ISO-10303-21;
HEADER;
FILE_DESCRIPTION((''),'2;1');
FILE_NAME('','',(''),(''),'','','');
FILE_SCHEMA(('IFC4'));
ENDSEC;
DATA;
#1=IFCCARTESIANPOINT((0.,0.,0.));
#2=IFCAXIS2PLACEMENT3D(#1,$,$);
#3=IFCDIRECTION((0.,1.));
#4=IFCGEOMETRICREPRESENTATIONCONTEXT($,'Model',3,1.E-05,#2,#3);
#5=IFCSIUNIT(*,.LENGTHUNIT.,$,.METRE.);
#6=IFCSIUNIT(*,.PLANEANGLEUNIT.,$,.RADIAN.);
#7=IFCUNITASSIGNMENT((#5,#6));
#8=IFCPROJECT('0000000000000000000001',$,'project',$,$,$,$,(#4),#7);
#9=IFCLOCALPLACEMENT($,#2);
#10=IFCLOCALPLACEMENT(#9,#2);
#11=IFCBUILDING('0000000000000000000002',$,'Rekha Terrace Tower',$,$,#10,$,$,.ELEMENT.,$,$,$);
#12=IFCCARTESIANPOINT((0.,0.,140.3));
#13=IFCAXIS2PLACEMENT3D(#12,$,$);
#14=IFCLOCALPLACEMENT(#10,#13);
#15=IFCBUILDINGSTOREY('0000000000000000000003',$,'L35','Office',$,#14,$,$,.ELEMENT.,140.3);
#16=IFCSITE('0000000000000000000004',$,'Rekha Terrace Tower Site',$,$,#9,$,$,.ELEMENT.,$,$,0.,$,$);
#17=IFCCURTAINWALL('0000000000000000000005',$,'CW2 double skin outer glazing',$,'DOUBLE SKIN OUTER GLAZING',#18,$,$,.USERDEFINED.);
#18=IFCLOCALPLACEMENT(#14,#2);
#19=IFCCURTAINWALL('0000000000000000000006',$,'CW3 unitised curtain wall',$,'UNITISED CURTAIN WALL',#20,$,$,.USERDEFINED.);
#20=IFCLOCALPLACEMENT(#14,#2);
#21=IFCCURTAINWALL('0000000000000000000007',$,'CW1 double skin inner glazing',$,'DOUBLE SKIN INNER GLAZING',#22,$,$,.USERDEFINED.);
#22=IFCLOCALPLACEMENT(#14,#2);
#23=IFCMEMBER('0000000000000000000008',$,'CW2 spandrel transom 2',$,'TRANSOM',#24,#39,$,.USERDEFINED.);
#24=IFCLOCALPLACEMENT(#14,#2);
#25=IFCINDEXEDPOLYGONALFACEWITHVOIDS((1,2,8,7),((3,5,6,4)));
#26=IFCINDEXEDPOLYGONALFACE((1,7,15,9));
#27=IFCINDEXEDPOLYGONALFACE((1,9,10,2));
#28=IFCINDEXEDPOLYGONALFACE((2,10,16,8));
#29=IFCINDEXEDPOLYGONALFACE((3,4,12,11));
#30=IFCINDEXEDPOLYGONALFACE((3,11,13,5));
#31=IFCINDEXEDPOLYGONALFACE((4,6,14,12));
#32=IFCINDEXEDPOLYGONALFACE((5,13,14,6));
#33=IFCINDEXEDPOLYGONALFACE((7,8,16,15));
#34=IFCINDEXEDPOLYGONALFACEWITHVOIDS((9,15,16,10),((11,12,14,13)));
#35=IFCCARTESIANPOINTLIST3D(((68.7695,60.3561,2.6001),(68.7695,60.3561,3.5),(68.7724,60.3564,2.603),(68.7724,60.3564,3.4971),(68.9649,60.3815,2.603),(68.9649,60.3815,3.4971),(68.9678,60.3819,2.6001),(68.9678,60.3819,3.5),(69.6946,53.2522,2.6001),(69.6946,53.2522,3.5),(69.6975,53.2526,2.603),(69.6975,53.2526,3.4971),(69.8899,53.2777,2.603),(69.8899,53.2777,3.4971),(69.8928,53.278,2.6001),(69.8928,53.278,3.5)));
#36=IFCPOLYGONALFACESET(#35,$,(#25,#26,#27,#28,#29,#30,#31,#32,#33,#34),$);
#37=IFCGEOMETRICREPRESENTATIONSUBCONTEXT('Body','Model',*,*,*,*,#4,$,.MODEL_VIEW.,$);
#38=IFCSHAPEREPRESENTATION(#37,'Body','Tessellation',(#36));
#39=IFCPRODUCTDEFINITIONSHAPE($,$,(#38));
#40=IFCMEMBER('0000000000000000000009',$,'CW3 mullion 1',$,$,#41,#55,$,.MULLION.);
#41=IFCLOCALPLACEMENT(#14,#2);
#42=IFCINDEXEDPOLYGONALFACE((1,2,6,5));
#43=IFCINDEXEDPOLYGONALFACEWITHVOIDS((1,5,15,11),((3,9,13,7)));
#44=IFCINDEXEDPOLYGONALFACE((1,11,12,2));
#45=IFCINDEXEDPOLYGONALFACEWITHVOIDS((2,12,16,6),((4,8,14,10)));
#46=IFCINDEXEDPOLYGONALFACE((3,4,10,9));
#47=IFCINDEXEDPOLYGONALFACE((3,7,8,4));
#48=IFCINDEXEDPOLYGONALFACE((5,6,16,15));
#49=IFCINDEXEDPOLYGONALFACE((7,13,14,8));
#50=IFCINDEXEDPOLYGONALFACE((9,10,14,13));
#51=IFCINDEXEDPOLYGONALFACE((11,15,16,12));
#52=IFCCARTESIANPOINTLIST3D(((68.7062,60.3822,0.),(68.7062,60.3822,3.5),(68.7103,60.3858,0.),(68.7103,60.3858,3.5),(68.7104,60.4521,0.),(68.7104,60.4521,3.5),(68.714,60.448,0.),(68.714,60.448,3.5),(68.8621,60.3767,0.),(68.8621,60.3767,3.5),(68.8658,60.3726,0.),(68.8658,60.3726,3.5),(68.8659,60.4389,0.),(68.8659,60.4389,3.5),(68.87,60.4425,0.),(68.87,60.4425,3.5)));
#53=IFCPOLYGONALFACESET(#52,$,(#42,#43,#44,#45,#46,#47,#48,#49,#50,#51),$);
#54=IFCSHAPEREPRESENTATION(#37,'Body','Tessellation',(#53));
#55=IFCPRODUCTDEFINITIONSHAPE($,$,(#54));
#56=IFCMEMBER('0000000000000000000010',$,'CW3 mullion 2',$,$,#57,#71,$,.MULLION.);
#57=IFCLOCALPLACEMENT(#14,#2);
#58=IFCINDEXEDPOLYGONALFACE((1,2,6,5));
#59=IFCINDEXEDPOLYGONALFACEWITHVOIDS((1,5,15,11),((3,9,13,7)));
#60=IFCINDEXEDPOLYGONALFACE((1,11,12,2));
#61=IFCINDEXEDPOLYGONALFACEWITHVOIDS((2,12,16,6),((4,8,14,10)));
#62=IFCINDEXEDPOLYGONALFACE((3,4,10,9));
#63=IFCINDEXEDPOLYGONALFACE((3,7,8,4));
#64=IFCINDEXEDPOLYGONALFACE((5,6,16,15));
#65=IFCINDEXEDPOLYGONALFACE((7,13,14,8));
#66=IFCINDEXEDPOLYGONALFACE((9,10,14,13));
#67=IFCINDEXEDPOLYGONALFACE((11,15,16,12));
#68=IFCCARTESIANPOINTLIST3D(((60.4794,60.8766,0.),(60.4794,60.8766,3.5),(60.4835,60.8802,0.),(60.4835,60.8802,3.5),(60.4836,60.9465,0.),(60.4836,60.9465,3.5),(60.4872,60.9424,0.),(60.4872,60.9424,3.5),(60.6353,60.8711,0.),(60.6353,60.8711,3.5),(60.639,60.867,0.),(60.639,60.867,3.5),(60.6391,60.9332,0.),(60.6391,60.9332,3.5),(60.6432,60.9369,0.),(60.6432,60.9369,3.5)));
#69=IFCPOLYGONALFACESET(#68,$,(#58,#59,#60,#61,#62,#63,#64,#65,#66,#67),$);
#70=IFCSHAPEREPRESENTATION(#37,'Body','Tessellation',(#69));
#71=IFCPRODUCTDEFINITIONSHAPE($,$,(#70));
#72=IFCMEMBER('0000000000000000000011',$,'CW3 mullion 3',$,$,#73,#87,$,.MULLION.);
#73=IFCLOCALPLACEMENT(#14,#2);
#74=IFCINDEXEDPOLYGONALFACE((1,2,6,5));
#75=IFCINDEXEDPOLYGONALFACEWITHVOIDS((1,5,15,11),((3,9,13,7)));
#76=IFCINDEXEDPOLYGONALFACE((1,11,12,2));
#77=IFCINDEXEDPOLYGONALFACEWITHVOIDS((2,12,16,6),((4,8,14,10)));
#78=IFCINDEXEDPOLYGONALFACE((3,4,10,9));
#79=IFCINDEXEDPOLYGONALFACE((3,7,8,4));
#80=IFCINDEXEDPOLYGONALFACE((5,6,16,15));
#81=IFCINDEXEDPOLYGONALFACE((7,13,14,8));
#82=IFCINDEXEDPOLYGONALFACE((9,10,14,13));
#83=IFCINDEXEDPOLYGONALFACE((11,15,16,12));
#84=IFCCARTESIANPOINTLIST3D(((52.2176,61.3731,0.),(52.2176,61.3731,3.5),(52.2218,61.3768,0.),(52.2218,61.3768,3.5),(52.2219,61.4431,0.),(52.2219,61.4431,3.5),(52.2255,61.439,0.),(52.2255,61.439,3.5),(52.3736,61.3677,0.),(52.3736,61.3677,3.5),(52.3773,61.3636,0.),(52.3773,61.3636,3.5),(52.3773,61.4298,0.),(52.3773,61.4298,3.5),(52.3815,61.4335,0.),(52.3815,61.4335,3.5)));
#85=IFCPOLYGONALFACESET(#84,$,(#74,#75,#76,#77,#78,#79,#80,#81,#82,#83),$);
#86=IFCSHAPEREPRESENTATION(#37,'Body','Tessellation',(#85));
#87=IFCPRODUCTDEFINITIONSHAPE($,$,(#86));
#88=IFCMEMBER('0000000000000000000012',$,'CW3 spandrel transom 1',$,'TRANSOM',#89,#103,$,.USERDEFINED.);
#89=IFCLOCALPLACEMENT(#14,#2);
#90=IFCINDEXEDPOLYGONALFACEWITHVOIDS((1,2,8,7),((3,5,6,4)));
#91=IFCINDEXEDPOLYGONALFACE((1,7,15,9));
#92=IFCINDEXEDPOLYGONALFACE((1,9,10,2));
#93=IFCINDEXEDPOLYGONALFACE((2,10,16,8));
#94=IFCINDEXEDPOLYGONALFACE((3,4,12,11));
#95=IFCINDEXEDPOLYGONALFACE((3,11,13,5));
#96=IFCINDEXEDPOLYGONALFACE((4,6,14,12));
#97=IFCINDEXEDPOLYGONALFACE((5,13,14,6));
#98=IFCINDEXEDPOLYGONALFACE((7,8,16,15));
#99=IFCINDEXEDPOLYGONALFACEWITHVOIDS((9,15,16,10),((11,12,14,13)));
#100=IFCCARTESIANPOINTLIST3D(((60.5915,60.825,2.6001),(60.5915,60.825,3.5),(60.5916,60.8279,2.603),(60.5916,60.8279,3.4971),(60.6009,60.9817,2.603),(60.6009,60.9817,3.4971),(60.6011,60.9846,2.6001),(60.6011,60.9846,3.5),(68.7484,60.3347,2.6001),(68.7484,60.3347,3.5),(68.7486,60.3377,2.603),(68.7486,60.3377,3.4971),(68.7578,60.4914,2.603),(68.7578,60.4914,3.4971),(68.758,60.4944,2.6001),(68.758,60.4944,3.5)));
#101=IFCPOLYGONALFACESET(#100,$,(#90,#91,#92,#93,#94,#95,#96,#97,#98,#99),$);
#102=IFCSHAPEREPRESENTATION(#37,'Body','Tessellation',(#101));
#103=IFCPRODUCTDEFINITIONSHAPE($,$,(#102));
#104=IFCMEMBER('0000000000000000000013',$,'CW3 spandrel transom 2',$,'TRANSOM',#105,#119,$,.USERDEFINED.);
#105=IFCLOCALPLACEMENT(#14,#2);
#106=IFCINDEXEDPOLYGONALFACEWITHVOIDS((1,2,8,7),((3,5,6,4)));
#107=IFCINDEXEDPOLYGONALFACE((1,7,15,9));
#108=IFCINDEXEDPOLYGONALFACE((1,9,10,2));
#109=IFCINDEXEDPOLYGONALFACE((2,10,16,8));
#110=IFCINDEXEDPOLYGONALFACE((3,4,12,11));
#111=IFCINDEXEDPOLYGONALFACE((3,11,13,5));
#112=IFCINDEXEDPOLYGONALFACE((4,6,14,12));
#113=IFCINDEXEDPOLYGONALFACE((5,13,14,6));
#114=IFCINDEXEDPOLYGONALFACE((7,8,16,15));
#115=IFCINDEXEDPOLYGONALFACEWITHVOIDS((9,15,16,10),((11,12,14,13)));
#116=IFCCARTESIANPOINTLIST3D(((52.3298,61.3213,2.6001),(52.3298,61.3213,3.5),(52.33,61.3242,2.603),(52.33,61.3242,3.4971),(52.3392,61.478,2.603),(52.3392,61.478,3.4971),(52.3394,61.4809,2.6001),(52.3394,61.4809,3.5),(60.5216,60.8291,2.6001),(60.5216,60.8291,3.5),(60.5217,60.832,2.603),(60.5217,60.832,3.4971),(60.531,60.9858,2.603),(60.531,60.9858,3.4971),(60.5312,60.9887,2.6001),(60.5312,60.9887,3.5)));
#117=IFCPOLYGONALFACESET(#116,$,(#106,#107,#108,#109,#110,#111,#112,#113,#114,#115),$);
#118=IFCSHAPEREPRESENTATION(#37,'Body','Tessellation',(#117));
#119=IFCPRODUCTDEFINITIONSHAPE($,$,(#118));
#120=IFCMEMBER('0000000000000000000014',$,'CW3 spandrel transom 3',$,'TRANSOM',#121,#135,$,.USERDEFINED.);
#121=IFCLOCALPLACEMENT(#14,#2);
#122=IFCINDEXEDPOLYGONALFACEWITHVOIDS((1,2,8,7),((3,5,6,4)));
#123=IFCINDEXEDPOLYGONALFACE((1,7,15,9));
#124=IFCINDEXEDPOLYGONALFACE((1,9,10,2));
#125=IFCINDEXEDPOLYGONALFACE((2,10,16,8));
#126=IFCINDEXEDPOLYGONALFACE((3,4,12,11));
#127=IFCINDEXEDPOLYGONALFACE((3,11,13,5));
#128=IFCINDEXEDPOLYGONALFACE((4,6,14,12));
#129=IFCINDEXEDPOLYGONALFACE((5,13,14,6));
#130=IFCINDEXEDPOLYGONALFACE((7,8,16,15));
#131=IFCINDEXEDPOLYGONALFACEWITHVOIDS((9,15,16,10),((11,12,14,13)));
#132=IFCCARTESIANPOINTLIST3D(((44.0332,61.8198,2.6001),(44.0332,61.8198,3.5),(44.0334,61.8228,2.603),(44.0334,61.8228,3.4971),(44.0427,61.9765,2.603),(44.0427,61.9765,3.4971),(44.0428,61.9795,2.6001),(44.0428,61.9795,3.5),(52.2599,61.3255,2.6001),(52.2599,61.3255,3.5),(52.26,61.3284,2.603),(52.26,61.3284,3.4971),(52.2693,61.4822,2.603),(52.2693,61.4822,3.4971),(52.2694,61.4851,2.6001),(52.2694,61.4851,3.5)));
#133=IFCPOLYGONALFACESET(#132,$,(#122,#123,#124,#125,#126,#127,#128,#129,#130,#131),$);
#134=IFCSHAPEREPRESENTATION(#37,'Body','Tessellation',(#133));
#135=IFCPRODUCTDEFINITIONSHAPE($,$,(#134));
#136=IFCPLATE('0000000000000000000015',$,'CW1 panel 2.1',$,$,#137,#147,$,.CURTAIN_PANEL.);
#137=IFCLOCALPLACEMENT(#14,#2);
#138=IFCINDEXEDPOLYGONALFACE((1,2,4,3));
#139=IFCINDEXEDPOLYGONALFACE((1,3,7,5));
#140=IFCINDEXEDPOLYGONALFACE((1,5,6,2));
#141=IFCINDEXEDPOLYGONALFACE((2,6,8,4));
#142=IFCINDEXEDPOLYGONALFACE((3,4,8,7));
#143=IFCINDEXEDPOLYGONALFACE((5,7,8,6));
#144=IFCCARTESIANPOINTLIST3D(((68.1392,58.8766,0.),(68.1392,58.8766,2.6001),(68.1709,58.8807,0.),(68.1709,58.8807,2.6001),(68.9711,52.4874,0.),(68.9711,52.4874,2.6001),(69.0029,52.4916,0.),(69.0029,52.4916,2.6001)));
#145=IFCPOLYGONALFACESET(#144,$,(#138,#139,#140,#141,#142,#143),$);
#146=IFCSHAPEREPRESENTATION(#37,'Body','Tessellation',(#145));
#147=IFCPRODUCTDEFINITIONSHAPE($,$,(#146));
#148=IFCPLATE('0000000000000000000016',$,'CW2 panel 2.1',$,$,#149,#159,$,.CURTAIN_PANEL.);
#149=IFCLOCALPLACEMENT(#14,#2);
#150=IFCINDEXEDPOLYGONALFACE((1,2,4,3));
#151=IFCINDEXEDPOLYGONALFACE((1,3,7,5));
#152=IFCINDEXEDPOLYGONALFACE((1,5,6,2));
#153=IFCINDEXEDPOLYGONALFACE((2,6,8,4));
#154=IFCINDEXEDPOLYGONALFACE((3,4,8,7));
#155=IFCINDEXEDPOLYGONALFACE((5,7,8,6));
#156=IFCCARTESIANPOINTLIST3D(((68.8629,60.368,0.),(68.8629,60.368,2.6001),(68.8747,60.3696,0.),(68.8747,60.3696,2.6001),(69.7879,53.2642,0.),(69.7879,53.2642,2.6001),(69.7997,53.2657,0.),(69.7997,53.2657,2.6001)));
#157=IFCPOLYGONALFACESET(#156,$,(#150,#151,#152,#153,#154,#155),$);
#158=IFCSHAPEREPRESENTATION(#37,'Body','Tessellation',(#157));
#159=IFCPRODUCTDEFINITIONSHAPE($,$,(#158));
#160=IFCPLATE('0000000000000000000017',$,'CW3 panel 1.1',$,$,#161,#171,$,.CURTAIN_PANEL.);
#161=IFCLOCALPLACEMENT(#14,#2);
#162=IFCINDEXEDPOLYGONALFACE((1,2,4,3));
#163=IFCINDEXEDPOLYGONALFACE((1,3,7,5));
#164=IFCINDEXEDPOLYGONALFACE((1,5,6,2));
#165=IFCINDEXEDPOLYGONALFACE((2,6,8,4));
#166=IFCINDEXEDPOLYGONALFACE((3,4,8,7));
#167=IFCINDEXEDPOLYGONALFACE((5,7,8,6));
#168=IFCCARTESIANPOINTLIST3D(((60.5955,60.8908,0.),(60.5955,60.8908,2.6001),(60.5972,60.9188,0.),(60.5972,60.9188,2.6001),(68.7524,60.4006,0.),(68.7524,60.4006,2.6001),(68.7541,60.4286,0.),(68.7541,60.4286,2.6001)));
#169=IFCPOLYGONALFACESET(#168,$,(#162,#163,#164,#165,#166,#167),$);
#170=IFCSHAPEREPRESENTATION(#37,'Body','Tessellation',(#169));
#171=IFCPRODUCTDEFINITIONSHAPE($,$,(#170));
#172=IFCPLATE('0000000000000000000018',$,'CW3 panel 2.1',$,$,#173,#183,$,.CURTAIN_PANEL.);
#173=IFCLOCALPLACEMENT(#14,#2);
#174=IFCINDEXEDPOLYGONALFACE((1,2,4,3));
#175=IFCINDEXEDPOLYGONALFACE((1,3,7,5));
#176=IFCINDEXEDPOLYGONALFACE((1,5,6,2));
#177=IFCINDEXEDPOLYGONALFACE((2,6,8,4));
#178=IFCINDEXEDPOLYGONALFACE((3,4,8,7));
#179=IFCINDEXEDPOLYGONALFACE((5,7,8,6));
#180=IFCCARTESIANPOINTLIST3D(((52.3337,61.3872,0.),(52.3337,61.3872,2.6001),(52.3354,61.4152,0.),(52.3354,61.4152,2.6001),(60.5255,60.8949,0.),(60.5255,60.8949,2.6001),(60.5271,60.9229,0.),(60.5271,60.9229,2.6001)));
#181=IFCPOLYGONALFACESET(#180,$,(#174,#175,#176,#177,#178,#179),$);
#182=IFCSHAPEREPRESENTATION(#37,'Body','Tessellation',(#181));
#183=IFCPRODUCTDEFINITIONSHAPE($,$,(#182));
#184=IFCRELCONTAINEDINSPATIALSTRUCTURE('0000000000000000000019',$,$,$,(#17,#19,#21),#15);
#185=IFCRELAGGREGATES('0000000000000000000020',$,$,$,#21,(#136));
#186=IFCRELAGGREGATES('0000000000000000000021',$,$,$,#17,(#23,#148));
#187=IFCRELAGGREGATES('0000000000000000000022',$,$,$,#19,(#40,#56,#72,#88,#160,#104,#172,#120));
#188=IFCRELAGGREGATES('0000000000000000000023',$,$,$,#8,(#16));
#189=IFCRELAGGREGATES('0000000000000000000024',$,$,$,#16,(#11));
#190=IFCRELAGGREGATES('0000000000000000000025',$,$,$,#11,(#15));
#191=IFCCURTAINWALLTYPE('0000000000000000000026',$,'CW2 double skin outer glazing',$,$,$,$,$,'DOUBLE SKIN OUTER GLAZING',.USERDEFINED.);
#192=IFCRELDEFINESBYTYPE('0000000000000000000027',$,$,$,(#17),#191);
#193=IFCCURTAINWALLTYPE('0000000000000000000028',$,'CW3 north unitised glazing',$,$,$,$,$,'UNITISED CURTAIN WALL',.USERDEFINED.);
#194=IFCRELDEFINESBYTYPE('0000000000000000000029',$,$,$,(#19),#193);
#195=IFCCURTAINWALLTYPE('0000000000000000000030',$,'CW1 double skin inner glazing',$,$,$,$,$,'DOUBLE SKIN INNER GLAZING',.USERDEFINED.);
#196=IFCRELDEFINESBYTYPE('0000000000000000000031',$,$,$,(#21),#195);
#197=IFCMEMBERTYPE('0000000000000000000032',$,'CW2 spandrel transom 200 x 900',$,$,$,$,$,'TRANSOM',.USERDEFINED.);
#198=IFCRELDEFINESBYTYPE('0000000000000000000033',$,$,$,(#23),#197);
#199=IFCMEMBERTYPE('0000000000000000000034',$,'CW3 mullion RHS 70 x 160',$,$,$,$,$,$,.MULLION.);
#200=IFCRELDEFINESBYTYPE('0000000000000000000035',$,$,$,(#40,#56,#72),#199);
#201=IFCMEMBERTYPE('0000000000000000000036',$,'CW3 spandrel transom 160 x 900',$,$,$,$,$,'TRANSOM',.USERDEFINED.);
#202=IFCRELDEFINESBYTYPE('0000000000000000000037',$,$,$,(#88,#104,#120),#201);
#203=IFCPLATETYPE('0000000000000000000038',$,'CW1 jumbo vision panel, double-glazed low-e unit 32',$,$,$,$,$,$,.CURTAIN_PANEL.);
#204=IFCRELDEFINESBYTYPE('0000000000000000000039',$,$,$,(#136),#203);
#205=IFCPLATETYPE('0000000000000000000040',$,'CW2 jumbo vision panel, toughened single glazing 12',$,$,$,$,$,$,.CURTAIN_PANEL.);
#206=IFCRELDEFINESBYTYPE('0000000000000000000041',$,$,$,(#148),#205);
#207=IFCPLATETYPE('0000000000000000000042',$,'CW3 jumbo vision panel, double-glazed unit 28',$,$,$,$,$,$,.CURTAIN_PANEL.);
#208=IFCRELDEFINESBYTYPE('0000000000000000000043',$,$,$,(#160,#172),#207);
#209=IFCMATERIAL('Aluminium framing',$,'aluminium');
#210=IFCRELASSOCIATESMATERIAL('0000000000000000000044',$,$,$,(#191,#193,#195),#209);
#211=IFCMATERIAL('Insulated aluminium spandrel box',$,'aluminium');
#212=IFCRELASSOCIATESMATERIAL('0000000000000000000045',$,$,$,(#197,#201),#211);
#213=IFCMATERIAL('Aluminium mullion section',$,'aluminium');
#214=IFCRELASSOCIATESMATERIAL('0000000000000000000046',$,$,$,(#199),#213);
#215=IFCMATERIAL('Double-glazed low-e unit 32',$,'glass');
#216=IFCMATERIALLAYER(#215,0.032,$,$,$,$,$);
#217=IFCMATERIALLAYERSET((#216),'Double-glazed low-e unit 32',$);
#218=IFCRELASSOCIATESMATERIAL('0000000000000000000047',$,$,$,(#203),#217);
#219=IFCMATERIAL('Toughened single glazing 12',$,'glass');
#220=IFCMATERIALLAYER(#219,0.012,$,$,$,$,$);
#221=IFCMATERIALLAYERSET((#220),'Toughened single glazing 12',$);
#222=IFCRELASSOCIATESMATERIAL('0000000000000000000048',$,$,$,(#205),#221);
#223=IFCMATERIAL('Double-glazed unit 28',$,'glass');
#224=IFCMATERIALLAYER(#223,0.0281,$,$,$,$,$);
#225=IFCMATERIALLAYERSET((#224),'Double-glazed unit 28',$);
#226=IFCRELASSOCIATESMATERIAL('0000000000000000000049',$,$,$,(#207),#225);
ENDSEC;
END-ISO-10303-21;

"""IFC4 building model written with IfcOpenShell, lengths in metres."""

from ifc_helpers import new_model, si_unit, direction, frame, origin, origin_2d, place, context, subcontext, project, spatial, rectangle, hollow_rectangle, extrude, material, layer, layer_set, material_profile, profile_set, type_object, element, aggregate, save


model = new_model("IFC4")

# Units and contexts
model_context = context("Model", 3, precision=1e-05, world=origin(), true_north=direction((0.0, 1.0)))
body_context = subcontext(model_context, "Body", "Model", "MODEL_VIEW")
ifc_project = project(units=[si_unit("LENGTHUNIT", "METRE"), si_unit("PLANEANGLEUNIT", "RADIAN")], contexts=[model_context])

# Site, building, storey
site_placement = place(None, origin())
site = spatial("IfcSite", under=ifc_project, at=site_placement, Name="Rekha Terrace Tower Site", CompositionType="ELEMENT", RefElevation=0.0)
building_placement = place(site_placement, origin())
building = spatial("IfcBuilding", under=site, at=building_placement, Name="Rekha Terrace Tower", CompositionType="ELEMENT")
storey_placement = place(building_placement, frame((0.0, 0.0, 140.3)))
storey = spatial("IfcBuildingStorey", under=building, at=storey_placement, Name="L35", Description="Office", CompositionType="ELEMENT", Elevation=140.3)

# Curtain wall
ifc_material_1 = material(Name="Aluminium framing", Category="aluminium")
curtain_wall_type_1 = type_object("IfcCurtainWallType", Name="CW2 double skin outer glazing", ElementType="DOUBLE SKIN OUTER GLAZING", PredefinedType="USERDEFINED", material=ifc_material_1)
curtain_wall_1_placement = place(storey_placement, origin())
curtain_wall_1 = element("IfcCurtainWall", 1, at=curtain_wall_1_placement, inside=storey, type_object=curtain_wall_type_1, Name="CW2 double skin outer glazing", ObjectType="DOUBLE SKIN OUTER GLAZING", PredefinedType="USERDEFINED")

# Curtain walls
curtain_wall_type_2 = type_object("IfcCurtainWallType", Name="CW3 north unitised glazing", ElementType="UNITISED CURTAIN WALL", PredefinedType="USERDEFINED", material=ifc_material_1)
curtain_wall_2_placement = place(storey_placement, origin())
curtain_wall_2 = element("IfcCurtainWall", 2, at=curtain_wall_2_placement, inside=storey, type_object=curtain_wall_type_2, Name="CW3 unitised curtain wall", ObjectType="UNITISED CURTAIN WALL", PredefinedType="USERDEFINED")
curtain_wall_type_3 = type_object("IfcCurtainWallType", Name="CW1 double skin inner glazing", ElementType="DOUBLE SKIN INNER GLAZING", PredefinedType="USERDEFINED", material=ifc_material_1)
curtain_wall_3_placement = place(storey_placement, origin())
curtain_wall_3 = element("IfcCurtainWall", 3, at=curtain_wall_3_placement, inside=storey, type_object=curtain_wall_type_3, Name="CW1 double skin inner glazing", ObjectType="DOUBLE SKIN INNER GLAZING", PredefinedType="USERDEFINED")
ifc_material_2 = material(Name="Aluminium mullion section", Category="aluminium")
ifc_material_3 = material(Name="Insulated aluminium spandrel box", Category="aluminium")

# Members
ifc_material_profile_1 = material_profile(ifc_material_3, hollow_rectangle(XDim=0.2, YDim=0.8999, WallThickness=0.0029, at=origin_2d()), Name="AL SPANDREL BOX 200x900")
ifc_profile_set_1 = profile_set([ifc_material_profile_1], Name="Insulated aluminium spandrel box")
member_type_1 = type_object("IfcMemberType", Name="CW2 spandrel transom 200 x 900", ElementType="TRANSOM", PredefinedType="USERDEFINED", material=ifc_profile_set_1)
member_1_placement = place(storey_placement, frame((69.7937, 53.2651, 3.05), z_axis=(-0.129129, 0.991628, 0.0), x_axis=(-0.991628, -0.129129, 0.0)))
member_1 = element("IfcMember", 4, at=member_1_placement, type_object=member_type_1, Name="CW2 spandrel transom 2", ObjectType="TRANSOM", PredefinedType="USERDEFINED", context=body_context, shape_type="SweptSolid", body=[
    extrude(hollow_rectangle(XDim=0.2, YDim=0.8999, WallThickness=0.0029, at=origin_2d()), origin(), (0.0, 0.0, 1.0), 7.1638),
])
ifc_material_profile_2 = material_profile(ifc_material_2, hollow_rectangle(XDim=0.0701, YDim=0.1599, WallThickness=0.0039, at=origin_2d()), Name="AL RHS 70x160")
ifc_profile_set_2 = profile_set([ifc_material_profile_2], Name="Aluminium mullion section")
member_type_2 = type_object("IfcMemberType", Name="CW3 mullion RHS 70 x 160", PredefinedType="MULLION", material=ifc_profile_set_2)
member_2_placement = place(storey_placement, frame((68.7881, 60.4124, 0.0), z_axis=(0.0, 0.0, 1.0), x_axis=(-0.059988, -0.998199, 0.0)))
member_2 = element("IfcMember", 5, at=member_2_placement, type_object=member_type_2, Name="CW3 mullion 1", PredefinedType="MULLION", context=body_context, shape_type="SweptSolid", body=[
    extrude(hollow_rectangle(XDim=0.0701, YDim=0.1599, WallThickness=0.0039, at=origin_2d()), origin(), (0.0, 0.0, 1.0), 3.5),
])
member_3_placement = place(storey_placement, frame((60.5613, 60.9067, 0.0), z_axis=(0.0, 0.0, 1.0), x_axis=(-0.059988, -0.998199, 0.0)))
member_3 = element("IfcMember", 6, at=member_3_placement, type_object=member_type_2, Name="CW3 mullion 2", PredefinedType="MULLION", context=body_context, shape_type="SweptSolid", body=[
    extrude(hollow_rectangle(XDim=0.0701, YDim=0.1599, WallThickness=0.0039, at=origin_2d()), origin(), (0.0, 0.0, 1.0), 3.5),
])
member_4_placement = place(storey_placement, frame((52.2996, 61.4033, 0.0), z_axis=(0.0, 0.0, 1.0), x_axis=(-0.059988, -0.998199, 0.0)))
member_4 = element("IfcMember", 7, at=member_4_placement, type_object=member_type_2, Name="CW3 mullion 3", PredefinedType="MULLION", context=body_context, shape_type="SweptSolid", body=[
    extrude(hollow_rectangle(XDim=0.0701, YDim=0.1599, WallThickness=0.0039, at=origin_2d()), origin(), (0.0, 0.0, 1.0), 3.5),
])
ifc_material_profile_3 = material_profile(ifc_material_3, hollow_rectangle(XDim=0.1599, YDim=0.8999, WallThickness=0.0029, at=origin_2d()), Name="AL SPANDREL BOX 160x900")
ifc_profile_set_3 = profile_set([ifc_material_profile_3], Name="Insulated aluminium spandrel box")
member_type_3 = type_object("IfcMemberType", Name="CW3 spandrel transom 160 x 900", ElementType="TRANSOM", PredefinedType="USERDEFINED", material=ifc_profile_set_3)
member_5_placement = place(storey_placement, frame((68.7532, 60.4146, 3.05), z_axis=(-0.998199, 0.059992, 0.0), x_axis=(-0.059992, -0.998199, 0.0)))
member_5 = element("IfcMember", 8, at=member_5_placement, type_object=member_type_3, Name="CW3 spandrel transom 1", ObjectType="TRANSOM", PredefinedType="USERDEFINED", context=body_context, shape_type="SweptSolid", body=[
    extrude(hollow_rectangle(XDim=0.1599, YDim=0.8999, WallThickness=0.0029, at=origin_2d()), origin(), (0.0, 0.0, 1.0), 8.1716),
])
member_6_placement = place(storey_placement, frame((60.5264, 60.9089, 3.05), z_axis=(-0.9982, 0.059976, 0.0), x_axis=(-0.059976, -0.9982, 0.0)))
member_6 = element("IfcMember", 9, at=member_6_placement, type_object=member_type_3, Name="CW3 spandrel transom 2", ObjectType="TRANSOM", PredefinedType="USERDEFINED", context=body_context, shape_type="SweptSolid", body=[
    extrude(hollow_rectangle(XDim=0.1599, YDim=0.8999, WallThickness=0.0029, at=origin_2d()), origin(), (0.0, 0.0, 1.0), 8.2065),
])
member_7_placement = place(storey_placement, frame((52.2646, 61.4053, 3.05), z_axis=(-0.998199, 0.059988, 0.0), x_axis=(-0.059988, -0.998199, 0.0)))
member_7 = element("IfcMember", 10, at=member_7_placement, type_object=member_type_3, Name="CW3 spandrel transom 3", ObjectType="TRANSOM", PredefinedType="USERDEFINED", context=body_context, shape_type="SweptSolid", body=[
    extrude(hollow_rectangle(XDim=0.1599, YDim=0.8999, WallThickness=0.0029, at=origin_2d()), origin(), (0.0, 0.0, 1.0), 8.2415),
])

# Plates
ifc_material_4 = material(Name="Double-glazed low-e unit 32", Category="glass")
ifc_layer_1 = layer(ifc_material_4, 0.032)
ifc_layer_set_1 = layer_set([ifc_layer_1], Name="Double-glazed low-e unit 32")
plate_type_1 = type_object("IfcPlateType", Name="CW1 jumbo vision panel, double-glazed low-e unit 32", PredefinedType="CURTAIN_PANEL", material=ifc_layer_set_1)
plate_1_placement = place(storey_placement, frame((68.571, 55.6841, 0.0), z_axis=(0.0, 0.0, 1.0), x_axis=(-0.129118, 0.991629, 0.0)))
plate_1 = element("IfcPlate", 11, at=plate_1_placement, type_object=plate_type_1, Name="CW1 panel 2.1", PredefinedType="CURTAIN_PANEL", context=body_context, shape_type="SweptSolid", body=[
    extrude(rectangle(XDim=6.4431, YDim=0.032, at=origin_2d()), origin(), (0.0, 0.0, 1.0), 2.6001),
])
aggregate(curtain_wall_3, [plate_1])
ifc_material_5 = material(Name="Toughened single glazing 12", Category="glass")
ifc_layer_2 = layer(ifc_material_5, 0.012)
ifc_layer_set_2 = layer_set([ifc_layer_2], Name="Toughened single glazing 12")
plate_type_2 = type_object("IfcPlateType", Name="CW2 jumbo vision panel, toughened single glazing 12", PredefinedType="CURTAIN_PANEL", material=ifc_layer_set_2)
plate_2_placement = place(storey_placement, frame((69.3313, 56.8169, 0.0), z_axis=(0.0, 0.0, 1.0), x_axis=(-0.129118, 0.991629, 0.0)))
plate_2 = element("IfcPlate", 12, at=plate_2_placement, type_object=plate_type_2, Name="CW2 panel 2.1", PredefinedType="CURTAIN_PANEL", context=body_context, shape_type="SweptSolid", body=[
    extrude(rectangle(XDim=7.1638, YDim=0.012, at=origin_2d()), origin(), (0.0, 0.0, 1.0), 2.6001),
])
aggregate(curtain_wall_1, [member_1, plate_2])
ifc_material_6 = material(Name="Double-glazed unit 28", Category="glass")
ifc_layer_3 = layer(ifc_material_6, 0.0281)
ifc_layer_set_3 = layer_set([ifc_layer_3], Name="Double-glazed unit 28")
plate_type_3 = type_object("IfcPlateType", Name="CW3 jumbo vision panel, double-glazed unit 28", PredefinedType="CURTAIN_PANEL", material=ifc_layer_set_3)
plate_3_placement = place(storey_placement, frame((64.6748, 60.6597, 0.0), z_axis=(0.0, 0.0, 1.0), x_axis=(-0.998199, 0.059988, 0.0)))
plate_3 = element("IfcPlate", 13, at=plate_3_placement, type_object=plate_type_3, Name="CW3 panel 1.1", PredefinedType="CURTAIN_PANEL", context=body_context, shape_type="SweptSolid", body=[
    extrude(rectangle(XDim=8.1716, YDim=0.0281, at=origin_2d()), origin(), (0.0, 0.0, 1.0), 2.6001),
])
plate_4_placement = place(storey_placement, frame((56.4304, 61.155, 0.0), z_axis=(0.0, 0.0, 1.0), x_axis=(-0.998199, 0.059988, 0.0)))
plate_4 = element("IfcPlate", 14, at=plate_4_placement, type_object=plate_type_3, Name="CW3 panel 2.1", PredefinedType="CURTAIN_PANEL", context=body_context, shape_type="SweptSolid", body=[
    extrude(rectangle(XDim=8.2065, YDim=0.0281, at=origin_2d()), origin(), (0.0, 0.0, 1.0), 2.6001),
])
aggregate(curtain_wall_2, [member_2, member_3, member_4, member_5, plate_3, member_6, plate_4, member_7])

save(model, "model.ifc")
